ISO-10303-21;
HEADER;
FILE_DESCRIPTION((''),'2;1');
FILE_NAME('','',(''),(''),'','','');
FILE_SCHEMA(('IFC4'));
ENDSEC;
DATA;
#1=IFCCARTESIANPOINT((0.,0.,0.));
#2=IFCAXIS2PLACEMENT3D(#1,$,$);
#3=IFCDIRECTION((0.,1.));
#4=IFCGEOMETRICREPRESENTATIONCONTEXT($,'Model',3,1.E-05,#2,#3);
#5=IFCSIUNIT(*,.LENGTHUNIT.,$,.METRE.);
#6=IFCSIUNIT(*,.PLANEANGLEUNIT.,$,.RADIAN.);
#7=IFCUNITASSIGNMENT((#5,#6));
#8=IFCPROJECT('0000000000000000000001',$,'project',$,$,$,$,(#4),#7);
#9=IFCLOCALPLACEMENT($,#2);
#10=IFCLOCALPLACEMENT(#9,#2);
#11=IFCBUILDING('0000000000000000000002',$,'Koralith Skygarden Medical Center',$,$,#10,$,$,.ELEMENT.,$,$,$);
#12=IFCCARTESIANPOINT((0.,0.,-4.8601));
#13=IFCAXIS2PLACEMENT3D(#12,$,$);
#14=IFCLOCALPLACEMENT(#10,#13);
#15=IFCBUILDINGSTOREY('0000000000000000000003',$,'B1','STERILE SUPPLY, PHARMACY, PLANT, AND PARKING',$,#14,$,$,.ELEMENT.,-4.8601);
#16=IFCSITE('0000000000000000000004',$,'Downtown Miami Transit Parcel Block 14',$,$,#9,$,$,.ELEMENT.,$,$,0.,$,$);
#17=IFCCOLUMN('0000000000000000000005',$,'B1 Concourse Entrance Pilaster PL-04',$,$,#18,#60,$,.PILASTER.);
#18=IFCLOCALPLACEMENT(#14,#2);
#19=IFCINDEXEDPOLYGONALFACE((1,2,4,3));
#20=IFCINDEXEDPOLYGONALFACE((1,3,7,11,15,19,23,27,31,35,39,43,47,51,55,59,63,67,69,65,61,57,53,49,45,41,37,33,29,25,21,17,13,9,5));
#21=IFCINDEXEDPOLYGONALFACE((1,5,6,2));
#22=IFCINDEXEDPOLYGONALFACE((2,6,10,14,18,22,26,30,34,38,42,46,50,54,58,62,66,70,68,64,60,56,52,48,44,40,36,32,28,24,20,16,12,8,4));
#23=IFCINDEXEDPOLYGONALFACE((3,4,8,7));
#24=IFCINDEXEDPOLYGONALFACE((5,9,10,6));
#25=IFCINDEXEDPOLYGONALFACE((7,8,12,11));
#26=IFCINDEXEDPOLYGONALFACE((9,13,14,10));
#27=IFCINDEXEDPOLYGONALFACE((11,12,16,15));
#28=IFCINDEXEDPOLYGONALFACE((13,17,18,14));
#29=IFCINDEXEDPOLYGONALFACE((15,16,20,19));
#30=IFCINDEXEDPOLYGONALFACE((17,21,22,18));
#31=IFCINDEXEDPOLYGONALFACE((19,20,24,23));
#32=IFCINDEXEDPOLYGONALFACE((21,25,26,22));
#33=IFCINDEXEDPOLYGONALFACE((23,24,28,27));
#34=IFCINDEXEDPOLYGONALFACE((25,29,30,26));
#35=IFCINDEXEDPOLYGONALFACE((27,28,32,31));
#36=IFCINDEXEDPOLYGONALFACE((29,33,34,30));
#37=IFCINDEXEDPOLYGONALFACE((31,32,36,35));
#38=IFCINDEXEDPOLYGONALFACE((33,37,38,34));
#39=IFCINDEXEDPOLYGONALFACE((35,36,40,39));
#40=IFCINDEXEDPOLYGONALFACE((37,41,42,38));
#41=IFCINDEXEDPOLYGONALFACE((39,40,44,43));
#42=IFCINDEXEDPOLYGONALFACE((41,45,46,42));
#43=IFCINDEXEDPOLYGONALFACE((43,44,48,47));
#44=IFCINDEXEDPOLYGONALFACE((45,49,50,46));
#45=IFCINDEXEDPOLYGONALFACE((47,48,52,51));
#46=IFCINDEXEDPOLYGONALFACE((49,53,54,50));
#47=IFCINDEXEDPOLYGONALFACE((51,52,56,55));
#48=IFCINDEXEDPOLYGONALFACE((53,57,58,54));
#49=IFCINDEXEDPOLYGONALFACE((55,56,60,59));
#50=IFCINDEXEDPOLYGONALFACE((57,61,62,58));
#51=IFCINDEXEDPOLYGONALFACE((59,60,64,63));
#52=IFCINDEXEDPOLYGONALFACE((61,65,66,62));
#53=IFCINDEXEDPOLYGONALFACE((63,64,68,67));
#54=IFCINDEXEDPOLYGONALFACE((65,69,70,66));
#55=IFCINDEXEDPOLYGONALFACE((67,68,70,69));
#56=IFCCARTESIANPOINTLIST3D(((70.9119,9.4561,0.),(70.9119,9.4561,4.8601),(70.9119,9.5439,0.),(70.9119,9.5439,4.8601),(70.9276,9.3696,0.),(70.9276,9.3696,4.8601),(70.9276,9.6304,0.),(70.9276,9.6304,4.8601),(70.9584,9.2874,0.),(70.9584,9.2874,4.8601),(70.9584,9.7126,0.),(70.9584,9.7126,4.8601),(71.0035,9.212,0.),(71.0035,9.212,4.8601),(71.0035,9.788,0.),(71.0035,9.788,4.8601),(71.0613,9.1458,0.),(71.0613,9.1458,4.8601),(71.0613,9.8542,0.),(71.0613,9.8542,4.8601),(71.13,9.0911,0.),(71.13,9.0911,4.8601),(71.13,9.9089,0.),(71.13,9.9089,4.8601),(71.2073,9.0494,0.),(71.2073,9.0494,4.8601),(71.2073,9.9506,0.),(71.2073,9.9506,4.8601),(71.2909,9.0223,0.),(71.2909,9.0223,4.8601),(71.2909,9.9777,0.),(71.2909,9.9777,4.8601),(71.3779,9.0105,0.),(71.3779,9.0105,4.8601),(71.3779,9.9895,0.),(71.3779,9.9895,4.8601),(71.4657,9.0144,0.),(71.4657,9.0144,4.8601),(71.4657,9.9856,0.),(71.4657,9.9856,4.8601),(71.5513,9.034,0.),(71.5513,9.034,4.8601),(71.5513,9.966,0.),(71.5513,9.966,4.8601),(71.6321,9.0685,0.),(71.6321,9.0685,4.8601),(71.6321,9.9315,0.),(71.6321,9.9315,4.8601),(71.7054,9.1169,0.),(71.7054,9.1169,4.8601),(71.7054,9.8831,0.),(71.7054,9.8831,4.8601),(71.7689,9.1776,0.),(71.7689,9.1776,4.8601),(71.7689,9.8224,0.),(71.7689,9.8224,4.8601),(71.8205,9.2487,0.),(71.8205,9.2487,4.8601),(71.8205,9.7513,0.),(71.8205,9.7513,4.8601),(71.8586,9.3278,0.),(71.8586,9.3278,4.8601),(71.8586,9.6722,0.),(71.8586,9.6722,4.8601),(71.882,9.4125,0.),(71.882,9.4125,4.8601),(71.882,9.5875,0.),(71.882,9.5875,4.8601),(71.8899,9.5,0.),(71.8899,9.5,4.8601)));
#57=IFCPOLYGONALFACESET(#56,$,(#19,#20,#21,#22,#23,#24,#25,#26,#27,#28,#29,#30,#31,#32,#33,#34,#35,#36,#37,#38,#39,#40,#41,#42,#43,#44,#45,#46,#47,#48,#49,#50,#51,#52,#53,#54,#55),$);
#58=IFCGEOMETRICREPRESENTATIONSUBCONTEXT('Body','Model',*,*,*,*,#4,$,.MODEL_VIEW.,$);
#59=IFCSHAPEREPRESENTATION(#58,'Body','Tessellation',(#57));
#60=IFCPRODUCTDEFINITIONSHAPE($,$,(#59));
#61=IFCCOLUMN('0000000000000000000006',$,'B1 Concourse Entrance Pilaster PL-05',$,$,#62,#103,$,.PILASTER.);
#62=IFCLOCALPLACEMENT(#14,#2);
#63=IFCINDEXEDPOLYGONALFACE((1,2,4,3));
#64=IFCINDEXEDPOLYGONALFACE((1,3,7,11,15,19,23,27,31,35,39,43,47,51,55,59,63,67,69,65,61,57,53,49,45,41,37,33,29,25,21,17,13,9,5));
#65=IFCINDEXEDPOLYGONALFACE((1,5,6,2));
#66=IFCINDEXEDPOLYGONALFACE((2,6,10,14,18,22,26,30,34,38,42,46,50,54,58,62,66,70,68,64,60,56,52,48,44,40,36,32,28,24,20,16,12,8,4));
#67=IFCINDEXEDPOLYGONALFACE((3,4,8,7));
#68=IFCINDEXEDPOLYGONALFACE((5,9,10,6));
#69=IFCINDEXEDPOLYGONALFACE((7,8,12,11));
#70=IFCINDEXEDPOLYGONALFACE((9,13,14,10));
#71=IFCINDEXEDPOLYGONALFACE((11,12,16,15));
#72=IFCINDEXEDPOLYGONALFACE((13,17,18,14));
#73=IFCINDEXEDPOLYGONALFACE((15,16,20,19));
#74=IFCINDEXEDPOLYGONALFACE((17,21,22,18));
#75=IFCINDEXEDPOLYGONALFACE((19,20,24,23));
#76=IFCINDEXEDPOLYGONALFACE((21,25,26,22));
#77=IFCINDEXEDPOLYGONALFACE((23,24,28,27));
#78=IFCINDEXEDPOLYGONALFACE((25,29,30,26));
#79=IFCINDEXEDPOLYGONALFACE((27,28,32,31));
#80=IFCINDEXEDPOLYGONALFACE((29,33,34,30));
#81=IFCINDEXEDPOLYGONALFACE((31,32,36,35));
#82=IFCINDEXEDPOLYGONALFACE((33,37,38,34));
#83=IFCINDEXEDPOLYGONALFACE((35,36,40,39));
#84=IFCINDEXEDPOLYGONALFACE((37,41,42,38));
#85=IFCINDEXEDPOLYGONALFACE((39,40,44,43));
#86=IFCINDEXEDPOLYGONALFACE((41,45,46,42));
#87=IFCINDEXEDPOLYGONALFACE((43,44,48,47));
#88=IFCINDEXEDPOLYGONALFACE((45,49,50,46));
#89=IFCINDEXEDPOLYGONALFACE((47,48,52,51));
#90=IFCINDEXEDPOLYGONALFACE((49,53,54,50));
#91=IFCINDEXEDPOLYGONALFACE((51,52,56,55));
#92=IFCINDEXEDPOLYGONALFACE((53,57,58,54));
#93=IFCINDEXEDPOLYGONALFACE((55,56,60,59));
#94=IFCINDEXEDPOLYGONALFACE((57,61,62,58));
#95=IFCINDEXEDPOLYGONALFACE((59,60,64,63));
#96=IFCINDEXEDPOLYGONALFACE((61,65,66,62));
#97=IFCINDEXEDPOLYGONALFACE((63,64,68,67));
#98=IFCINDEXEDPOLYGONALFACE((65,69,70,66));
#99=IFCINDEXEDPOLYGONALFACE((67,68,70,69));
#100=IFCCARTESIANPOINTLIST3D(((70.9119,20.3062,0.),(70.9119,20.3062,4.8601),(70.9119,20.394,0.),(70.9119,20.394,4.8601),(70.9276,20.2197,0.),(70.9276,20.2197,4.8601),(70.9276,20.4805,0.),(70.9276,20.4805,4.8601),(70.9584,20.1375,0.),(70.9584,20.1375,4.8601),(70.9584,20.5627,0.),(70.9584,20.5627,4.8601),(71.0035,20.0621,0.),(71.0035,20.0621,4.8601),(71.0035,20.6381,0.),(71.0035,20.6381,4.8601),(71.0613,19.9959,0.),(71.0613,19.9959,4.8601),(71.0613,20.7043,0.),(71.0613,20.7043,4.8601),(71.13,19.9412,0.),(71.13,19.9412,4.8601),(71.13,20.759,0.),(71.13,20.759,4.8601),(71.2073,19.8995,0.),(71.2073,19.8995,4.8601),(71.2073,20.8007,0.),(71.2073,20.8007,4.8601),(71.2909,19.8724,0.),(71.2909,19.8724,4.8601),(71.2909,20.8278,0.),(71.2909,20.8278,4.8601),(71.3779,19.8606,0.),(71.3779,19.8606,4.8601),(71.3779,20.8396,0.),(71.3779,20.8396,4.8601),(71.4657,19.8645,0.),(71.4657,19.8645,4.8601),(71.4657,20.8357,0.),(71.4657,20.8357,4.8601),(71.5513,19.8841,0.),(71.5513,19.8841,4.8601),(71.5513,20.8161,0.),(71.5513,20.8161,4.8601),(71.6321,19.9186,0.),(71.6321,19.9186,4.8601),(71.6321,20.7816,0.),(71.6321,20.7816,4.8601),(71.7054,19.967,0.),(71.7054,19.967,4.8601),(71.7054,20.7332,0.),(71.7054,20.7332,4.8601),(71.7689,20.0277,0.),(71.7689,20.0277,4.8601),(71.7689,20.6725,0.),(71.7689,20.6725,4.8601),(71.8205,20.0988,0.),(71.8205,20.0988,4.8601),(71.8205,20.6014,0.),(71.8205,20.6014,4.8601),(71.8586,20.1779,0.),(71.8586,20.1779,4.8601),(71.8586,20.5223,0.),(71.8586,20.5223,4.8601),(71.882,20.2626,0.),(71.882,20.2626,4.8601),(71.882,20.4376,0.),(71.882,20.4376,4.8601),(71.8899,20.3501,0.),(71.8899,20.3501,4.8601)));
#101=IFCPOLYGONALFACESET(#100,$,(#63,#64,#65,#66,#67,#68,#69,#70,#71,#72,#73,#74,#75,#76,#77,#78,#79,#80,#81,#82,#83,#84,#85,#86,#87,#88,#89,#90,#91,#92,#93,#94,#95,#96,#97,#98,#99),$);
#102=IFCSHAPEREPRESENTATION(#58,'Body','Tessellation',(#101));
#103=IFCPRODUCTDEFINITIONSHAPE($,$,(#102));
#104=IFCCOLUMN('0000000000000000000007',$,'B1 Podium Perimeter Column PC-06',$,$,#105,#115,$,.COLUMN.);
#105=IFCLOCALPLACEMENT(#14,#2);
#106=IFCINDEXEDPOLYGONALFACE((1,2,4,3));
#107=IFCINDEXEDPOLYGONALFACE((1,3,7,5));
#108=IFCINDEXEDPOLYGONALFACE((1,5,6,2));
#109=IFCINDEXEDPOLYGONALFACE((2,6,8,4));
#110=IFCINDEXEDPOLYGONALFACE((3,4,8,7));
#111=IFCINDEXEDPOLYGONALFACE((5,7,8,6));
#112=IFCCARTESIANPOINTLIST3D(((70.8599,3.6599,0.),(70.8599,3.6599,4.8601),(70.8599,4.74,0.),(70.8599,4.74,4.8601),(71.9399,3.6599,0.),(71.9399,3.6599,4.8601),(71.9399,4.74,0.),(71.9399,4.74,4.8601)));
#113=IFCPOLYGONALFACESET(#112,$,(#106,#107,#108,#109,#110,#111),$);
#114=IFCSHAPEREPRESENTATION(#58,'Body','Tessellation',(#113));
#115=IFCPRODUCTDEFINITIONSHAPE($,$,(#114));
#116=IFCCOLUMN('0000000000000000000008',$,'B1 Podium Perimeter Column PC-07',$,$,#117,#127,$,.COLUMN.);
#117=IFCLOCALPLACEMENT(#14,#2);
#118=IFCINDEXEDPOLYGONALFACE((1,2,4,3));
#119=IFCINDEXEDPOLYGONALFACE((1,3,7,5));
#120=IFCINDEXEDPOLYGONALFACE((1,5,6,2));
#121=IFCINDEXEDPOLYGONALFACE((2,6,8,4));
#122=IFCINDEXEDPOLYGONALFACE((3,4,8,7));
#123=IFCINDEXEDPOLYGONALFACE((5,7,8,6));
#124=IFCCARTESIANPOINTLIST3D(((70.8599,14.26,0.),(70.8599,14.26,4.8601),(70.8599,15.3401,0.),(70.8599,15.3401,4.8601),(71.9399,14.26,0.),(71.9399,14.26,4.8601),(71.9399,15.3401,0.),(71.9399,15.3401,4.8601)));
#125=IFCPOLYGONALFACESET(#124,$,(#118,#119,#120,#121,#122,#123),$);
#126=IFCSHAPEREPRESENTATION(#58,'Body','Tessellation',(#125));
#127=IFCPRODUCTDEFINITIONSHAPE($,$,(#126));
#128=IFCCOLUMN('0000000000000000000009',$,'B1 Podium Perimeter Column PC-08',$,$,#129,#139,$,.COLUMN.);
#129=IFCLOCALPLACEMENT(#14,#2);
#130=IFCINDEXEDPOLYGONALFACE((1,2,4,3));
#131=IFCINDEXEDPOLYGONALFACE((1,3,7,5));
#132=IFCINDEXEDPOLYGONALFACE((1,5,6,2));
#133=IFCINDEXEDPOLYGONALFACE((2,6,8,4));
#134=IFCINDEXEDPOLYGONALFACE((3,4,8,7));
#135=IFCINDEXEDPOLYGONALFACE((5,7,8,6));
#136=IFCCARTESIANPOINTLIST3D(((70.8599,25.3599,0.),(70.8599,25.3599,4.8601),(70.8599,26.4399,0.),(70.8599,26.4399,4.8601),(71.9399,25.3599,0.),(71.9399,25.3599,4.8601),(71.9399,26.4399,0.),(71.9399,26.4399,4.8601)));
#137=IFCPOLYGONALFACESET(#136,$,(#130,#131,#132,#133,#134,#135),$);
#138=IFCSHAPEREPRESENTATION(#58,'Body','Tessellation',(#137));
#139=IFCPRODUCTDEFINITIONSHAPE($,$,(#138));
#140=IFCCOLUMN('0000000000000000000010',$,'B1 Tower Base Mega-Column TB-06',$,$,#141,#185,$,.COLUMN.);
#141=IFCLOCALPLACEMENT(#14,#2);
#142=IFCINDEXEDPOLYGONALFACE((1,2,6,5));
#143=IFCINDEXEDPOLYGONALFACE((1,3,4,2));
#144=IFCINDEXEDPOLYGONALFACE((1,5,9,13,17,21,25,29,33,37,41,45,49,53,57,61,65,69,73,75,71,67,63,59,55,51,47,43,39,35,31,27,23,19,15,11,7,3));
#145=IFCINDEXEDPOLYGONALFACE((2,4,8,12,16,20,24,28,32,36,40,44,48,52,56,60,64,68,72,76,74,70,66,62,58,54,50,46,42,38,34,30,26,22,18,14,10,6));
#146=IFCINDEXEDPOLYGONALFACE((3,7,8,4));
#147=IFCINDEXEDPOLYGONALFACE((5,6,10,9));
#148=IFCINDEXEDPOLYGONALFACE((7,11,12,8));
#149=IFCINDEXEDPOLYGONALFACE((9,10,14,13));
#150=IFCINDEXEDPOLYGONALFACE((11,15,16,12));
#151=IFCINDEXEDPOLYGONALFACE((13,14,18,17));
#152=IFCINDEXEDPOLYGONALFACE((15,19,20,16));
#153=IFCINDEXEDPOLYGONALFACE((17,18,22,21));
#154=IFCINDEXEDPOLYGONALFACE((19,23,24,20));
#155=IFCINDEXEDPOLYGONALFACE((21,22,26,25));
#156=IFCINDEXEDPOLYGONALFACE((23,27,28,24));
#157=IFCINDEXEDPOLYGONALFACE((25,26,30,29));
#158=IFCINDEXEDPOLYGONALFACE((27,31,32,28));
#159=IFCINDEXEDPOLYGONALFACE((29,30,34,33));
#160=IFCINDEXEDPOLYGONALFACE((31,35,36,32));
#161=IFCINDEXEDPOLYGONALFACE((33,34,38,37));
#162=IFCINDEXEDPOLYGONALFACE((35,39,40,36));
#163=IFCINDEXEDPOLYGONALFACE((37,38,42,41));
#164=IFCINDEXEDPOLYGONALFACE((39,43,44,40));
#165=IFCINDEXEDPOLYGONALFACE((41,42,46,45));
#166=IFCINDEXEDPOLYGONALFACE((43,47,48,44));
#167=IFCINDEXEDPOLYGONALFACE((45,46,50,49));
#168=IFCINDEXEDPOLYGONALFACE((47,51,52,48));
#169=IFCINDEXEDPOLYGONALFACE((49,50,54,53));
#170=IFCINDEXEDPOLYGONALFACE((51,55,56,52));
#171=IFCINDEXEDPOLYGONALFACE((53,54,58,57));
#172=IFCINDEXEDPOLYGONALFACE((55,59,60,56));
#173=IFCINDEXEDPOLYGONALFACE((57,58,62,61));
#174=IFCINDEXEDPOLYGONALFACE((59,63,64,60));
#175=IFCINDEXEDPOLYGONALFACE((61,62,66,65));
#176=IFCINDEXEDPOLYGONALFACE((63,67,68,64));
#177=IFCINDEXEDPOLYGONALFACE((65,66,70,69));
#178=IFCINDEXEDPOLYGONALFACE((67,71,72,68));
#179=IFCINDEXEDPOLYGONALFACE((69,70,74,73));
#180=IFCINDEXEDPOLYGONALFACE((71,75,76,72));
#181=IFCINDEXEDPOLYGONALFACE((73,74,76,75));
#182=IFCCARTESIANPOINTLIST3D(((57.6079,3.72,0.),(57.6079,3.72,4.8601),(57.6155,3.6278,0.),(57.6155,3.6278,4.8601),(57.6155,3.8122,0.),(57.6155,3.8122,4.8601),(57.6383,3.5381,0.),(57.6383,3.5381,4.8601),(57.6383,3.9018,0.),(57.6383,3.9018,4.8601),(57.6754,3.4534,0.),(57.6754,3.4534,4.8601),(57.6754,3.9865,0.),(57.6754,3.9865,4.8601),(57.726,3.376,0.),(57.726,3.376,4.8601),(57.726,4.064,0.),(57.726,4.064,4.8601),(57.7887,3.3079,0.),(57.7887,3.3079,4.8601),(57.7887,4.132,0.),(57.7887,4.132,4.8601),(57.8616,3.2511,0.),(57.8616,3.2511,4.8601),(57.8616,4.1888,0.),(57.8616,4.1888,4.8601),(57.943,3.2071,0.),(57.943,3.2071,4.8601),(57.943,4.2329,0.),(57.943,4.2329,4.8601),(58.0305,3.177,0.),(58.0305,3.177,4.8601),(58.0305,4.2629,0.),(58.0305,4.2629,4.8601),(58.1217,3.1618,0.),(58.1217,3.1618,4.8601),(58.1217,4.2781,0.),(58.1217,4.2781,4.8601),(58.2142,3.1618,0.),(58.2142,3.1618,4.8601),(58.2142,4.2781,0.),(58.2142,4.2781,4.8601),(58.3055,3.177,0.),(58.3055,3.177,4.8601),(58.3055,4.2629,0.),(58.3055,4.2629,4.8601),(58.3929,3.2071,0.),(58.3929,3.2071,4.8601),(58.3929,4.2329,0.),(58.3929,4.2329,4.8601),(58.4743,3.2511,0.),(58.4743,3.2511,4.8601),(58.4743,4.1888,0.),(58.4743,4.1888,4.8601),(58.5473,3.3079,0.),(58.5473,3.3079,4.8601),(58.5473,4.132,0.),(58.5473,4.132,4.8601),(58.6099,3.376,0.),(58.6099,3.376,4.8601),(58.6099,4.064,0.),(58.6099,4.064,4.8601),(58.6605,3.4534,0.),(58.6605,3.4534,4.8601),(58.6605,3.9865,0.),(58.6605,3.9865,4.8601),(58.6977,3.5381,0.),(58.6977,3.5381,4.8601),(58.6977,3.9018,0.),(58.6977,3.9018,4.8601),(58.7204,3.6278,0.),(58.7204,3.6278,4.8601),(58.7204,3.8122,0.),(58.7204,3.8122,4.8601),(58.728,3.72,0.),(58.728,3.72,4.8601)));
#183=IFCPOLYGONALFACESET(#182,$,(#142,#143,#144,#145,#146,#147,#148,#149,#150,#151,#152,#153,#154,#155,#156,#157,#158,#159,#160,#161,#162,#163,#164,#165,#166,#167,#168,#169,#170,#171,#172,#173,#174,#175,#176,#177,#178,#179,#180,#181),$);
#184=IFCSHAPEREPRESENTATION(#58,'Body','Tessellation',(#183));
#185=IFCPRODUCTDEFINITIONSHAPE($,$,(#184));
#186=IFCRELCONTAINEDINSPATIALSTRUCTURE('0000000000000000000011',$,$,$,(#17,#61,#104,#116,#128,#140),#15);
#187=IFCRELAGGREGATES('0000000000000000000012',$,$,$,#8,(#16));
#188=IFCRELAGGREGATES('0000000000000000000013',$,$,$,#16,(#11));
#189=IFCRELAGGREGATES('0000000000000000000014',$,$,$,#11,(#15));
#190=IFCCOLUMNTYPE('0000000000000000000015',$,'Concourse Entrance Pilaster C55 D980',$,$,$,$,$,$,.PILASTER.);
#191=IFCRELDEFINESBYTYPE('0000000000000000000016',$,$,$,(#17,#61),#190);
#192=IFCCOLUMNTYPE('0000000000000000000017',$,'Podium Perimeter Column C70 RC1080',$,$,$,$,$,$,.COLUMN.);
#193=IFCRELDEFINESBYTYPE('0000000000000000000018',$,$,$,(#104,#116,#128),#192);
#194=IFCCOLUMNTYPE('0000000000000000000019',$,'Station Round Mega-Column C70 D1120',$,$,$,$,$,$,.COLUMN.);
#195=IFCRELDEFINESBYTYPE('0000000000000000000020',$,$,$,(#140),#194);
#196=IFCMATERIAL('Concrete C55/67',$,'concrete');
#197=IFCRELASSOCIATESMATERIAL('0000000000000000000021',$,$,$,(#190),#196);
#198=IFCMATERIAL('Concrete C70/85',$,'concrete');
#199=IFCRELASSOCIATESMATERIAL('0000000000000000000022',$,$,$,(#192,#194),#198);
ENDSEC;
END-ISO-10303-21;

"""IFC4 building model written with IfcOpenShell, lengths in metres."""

from ifc_helpers import new_model, si_unit, direction, frame, origin, origin_2d, place, context, subcontext, project, spatial, rectangle, circle, extrude, material, material_profile, profile_set, type_object, element, save


model = new_model("IFC4")

# Units and contexts
model_context = context("Model", 3, precision=1e-05, world=origin(), true_north=direction((0.0, 1.0)))
body_context = subcontext(model_context, "Body", "Model", "MODEL_VIEW")
ifc_project = project(units=[si_unit("LENGTHUNIT", "METRE"), si_unit("PLANEANGLEUNIT", "RADIAN")], contexts=[model_context])

# Site, building, storey
site_placement = place(None, origin())
site = spatial("IfcSite", under=ifc_project, at=site_placement, Name="Downtown Miami Transit Parcel Block 14", CompositionType="ELEMENT", RefElevation=0.0)
building_placement = place(site_placement, origin())
building = spatial("IfcBuilding", under=site, at=building_placement, Name="Koralith Skygarden Medical Center", CompositionType="ELEMENT")
storey_placement = place(building_placement, frame((0.0, 0.0, -4.8601)))
storey = spatial("IfcBuildingStorey", under=building, at=storey_placement, Name="B1", Description="STERILE SUPPLY, PHARMACY, PLANT, AND PARKING", CompositionType="ELEMENT", Elevation=-4.8601)

# Columns
ifc_material_1 = material(Name="Concrete C55/67", Category="concrete")
ifc_material_profile_1 = material_profile(ifc_material_1, circle(Radius=0.49, at=origin_2d()), Name="RCCOL980")
ifc_profile_set_1 = profile_set([ifc_material_profile_1], Name="Concrete C55/67")
column_type_1 = type_object("IfcColumnType", Name="Concourse Entrance Pilaster C55 D980", PredefinedType="PILASTER", material=ifc_profile_set_1)
for number, where, z_axis, x_axis, name in (
    (1, (71.3999, 9.5, 0.0), (0.0, 0.0, 1.0), (1.0, 0.0, 0.0), "B1 Concourse Entrance Pilaster PL-04"),
    (2, (71.3999, 20.3501, 0.0), (0.0, 0.0, 1.0), (1.0, 0.0, 0.0), "B1 Concourse Entrance Pilaster PL-05"),
):
    element("IfcColumn", number, at=place(storey_placement, frame(where, z_axis=z_axis, x_axis=x_axis)), inside=storey, type_object=column_type_1, Name=name, PredefinedType="PILASTER", context=body_context, shape_type="SweptSolid", body=[
        extrude(circle(Radius=0.49, at=origin_2d()), origin(), (0.0, 0.0, 1.0), 4.8601),
    ])
ifc_material_2 = material(Name="Concrete C70/85", Category="concrete")
ifc_material_profile_2 = material_profile(ifc_material_2, rectangle(XDim=1.0801, YDim=1.0801, at=origin_2d()), Name="RC1080X1080")
ifc_profile_set_2 = profile_set([ifc_material_profile_2], Name="Concrete C70/85")
column_type_2 = type_object("IfcColumnType", Name="Podium Perimeter Column C70 RC1080", PredefinedType="COLUMN", material=ifc_profile_set_2)
for number, where, z_axis, x_axis, name in (
    (3, (71.3999, 4.2, 0.0), (0.0, 0.0, 1.0), (1.0, 0.0, 0.0), "B1 Podium Perimeter Column PC-06"),
    (4, (71.3999, 14.8, 0.0), (0.0, 0.0, 1.0), (1.0, 0.0, 0.0), "B1 Podium Perimeter Column PC-07"),
    (5, (71.3999, 25.8999, 0.0), (0.0, 0.0, 1.0), (1.0, 0.0, 0.0), "B1 Podium Perimeter Column PC-08"),
):
    element("IfcColumn", number, at=place(storey_placement, frame(where, z_axis=z_axis, x_axis=x_axis)), inside=storey, type_object=column_type_2, Name=name, PredefinedType="COLUMN", context=body_context, shape_type="SweptSolid", body=[
        extrude(rectangle(XDim=1.0801, YDim=1.0801, at=origin_2d()), origin(), (0.0, 0.0, 1.0), 4.8601),
    ])
ifc_material_profile_3 = material_profile(ifc_material_2, circle(Radius=0.5601, at=origin_2d()), Name="RCCOL1120")
ifc_profile_set_3 = profile_set([ifc_material_profile_3], Name="Concrete C70/85")
column_type_3 = type_object("IfcColumnType", Name="Station Round Mega-Column C70 D1120", PredefinedType="COLUMN", material=ifc_profile_set_3)
for number, where, z_axis, x_axis, name in (
    (6, (58.168, 3.72, 0.0), (0.0, 0.0, 1.0), (1.0, 0.0, 0.0), "B1 Tower Base Mega-Column TB-06"),
):
    element("IfcColumn", number, at=place(storey_placement, frame(where, z_axis=z_axis, x_axis=x_axis)), inside=storey, type_object=column_type_3, Name=name, PredefinedType="COLUMN", context=body_context, shape_type="SweptSolid", body=[
        extrude(circle(Radius=0.5601, at=origin_2d()), origin(), (0.0, 0.0, 1.0), 4.8601),
    ])

save(model, "model.ifc")
